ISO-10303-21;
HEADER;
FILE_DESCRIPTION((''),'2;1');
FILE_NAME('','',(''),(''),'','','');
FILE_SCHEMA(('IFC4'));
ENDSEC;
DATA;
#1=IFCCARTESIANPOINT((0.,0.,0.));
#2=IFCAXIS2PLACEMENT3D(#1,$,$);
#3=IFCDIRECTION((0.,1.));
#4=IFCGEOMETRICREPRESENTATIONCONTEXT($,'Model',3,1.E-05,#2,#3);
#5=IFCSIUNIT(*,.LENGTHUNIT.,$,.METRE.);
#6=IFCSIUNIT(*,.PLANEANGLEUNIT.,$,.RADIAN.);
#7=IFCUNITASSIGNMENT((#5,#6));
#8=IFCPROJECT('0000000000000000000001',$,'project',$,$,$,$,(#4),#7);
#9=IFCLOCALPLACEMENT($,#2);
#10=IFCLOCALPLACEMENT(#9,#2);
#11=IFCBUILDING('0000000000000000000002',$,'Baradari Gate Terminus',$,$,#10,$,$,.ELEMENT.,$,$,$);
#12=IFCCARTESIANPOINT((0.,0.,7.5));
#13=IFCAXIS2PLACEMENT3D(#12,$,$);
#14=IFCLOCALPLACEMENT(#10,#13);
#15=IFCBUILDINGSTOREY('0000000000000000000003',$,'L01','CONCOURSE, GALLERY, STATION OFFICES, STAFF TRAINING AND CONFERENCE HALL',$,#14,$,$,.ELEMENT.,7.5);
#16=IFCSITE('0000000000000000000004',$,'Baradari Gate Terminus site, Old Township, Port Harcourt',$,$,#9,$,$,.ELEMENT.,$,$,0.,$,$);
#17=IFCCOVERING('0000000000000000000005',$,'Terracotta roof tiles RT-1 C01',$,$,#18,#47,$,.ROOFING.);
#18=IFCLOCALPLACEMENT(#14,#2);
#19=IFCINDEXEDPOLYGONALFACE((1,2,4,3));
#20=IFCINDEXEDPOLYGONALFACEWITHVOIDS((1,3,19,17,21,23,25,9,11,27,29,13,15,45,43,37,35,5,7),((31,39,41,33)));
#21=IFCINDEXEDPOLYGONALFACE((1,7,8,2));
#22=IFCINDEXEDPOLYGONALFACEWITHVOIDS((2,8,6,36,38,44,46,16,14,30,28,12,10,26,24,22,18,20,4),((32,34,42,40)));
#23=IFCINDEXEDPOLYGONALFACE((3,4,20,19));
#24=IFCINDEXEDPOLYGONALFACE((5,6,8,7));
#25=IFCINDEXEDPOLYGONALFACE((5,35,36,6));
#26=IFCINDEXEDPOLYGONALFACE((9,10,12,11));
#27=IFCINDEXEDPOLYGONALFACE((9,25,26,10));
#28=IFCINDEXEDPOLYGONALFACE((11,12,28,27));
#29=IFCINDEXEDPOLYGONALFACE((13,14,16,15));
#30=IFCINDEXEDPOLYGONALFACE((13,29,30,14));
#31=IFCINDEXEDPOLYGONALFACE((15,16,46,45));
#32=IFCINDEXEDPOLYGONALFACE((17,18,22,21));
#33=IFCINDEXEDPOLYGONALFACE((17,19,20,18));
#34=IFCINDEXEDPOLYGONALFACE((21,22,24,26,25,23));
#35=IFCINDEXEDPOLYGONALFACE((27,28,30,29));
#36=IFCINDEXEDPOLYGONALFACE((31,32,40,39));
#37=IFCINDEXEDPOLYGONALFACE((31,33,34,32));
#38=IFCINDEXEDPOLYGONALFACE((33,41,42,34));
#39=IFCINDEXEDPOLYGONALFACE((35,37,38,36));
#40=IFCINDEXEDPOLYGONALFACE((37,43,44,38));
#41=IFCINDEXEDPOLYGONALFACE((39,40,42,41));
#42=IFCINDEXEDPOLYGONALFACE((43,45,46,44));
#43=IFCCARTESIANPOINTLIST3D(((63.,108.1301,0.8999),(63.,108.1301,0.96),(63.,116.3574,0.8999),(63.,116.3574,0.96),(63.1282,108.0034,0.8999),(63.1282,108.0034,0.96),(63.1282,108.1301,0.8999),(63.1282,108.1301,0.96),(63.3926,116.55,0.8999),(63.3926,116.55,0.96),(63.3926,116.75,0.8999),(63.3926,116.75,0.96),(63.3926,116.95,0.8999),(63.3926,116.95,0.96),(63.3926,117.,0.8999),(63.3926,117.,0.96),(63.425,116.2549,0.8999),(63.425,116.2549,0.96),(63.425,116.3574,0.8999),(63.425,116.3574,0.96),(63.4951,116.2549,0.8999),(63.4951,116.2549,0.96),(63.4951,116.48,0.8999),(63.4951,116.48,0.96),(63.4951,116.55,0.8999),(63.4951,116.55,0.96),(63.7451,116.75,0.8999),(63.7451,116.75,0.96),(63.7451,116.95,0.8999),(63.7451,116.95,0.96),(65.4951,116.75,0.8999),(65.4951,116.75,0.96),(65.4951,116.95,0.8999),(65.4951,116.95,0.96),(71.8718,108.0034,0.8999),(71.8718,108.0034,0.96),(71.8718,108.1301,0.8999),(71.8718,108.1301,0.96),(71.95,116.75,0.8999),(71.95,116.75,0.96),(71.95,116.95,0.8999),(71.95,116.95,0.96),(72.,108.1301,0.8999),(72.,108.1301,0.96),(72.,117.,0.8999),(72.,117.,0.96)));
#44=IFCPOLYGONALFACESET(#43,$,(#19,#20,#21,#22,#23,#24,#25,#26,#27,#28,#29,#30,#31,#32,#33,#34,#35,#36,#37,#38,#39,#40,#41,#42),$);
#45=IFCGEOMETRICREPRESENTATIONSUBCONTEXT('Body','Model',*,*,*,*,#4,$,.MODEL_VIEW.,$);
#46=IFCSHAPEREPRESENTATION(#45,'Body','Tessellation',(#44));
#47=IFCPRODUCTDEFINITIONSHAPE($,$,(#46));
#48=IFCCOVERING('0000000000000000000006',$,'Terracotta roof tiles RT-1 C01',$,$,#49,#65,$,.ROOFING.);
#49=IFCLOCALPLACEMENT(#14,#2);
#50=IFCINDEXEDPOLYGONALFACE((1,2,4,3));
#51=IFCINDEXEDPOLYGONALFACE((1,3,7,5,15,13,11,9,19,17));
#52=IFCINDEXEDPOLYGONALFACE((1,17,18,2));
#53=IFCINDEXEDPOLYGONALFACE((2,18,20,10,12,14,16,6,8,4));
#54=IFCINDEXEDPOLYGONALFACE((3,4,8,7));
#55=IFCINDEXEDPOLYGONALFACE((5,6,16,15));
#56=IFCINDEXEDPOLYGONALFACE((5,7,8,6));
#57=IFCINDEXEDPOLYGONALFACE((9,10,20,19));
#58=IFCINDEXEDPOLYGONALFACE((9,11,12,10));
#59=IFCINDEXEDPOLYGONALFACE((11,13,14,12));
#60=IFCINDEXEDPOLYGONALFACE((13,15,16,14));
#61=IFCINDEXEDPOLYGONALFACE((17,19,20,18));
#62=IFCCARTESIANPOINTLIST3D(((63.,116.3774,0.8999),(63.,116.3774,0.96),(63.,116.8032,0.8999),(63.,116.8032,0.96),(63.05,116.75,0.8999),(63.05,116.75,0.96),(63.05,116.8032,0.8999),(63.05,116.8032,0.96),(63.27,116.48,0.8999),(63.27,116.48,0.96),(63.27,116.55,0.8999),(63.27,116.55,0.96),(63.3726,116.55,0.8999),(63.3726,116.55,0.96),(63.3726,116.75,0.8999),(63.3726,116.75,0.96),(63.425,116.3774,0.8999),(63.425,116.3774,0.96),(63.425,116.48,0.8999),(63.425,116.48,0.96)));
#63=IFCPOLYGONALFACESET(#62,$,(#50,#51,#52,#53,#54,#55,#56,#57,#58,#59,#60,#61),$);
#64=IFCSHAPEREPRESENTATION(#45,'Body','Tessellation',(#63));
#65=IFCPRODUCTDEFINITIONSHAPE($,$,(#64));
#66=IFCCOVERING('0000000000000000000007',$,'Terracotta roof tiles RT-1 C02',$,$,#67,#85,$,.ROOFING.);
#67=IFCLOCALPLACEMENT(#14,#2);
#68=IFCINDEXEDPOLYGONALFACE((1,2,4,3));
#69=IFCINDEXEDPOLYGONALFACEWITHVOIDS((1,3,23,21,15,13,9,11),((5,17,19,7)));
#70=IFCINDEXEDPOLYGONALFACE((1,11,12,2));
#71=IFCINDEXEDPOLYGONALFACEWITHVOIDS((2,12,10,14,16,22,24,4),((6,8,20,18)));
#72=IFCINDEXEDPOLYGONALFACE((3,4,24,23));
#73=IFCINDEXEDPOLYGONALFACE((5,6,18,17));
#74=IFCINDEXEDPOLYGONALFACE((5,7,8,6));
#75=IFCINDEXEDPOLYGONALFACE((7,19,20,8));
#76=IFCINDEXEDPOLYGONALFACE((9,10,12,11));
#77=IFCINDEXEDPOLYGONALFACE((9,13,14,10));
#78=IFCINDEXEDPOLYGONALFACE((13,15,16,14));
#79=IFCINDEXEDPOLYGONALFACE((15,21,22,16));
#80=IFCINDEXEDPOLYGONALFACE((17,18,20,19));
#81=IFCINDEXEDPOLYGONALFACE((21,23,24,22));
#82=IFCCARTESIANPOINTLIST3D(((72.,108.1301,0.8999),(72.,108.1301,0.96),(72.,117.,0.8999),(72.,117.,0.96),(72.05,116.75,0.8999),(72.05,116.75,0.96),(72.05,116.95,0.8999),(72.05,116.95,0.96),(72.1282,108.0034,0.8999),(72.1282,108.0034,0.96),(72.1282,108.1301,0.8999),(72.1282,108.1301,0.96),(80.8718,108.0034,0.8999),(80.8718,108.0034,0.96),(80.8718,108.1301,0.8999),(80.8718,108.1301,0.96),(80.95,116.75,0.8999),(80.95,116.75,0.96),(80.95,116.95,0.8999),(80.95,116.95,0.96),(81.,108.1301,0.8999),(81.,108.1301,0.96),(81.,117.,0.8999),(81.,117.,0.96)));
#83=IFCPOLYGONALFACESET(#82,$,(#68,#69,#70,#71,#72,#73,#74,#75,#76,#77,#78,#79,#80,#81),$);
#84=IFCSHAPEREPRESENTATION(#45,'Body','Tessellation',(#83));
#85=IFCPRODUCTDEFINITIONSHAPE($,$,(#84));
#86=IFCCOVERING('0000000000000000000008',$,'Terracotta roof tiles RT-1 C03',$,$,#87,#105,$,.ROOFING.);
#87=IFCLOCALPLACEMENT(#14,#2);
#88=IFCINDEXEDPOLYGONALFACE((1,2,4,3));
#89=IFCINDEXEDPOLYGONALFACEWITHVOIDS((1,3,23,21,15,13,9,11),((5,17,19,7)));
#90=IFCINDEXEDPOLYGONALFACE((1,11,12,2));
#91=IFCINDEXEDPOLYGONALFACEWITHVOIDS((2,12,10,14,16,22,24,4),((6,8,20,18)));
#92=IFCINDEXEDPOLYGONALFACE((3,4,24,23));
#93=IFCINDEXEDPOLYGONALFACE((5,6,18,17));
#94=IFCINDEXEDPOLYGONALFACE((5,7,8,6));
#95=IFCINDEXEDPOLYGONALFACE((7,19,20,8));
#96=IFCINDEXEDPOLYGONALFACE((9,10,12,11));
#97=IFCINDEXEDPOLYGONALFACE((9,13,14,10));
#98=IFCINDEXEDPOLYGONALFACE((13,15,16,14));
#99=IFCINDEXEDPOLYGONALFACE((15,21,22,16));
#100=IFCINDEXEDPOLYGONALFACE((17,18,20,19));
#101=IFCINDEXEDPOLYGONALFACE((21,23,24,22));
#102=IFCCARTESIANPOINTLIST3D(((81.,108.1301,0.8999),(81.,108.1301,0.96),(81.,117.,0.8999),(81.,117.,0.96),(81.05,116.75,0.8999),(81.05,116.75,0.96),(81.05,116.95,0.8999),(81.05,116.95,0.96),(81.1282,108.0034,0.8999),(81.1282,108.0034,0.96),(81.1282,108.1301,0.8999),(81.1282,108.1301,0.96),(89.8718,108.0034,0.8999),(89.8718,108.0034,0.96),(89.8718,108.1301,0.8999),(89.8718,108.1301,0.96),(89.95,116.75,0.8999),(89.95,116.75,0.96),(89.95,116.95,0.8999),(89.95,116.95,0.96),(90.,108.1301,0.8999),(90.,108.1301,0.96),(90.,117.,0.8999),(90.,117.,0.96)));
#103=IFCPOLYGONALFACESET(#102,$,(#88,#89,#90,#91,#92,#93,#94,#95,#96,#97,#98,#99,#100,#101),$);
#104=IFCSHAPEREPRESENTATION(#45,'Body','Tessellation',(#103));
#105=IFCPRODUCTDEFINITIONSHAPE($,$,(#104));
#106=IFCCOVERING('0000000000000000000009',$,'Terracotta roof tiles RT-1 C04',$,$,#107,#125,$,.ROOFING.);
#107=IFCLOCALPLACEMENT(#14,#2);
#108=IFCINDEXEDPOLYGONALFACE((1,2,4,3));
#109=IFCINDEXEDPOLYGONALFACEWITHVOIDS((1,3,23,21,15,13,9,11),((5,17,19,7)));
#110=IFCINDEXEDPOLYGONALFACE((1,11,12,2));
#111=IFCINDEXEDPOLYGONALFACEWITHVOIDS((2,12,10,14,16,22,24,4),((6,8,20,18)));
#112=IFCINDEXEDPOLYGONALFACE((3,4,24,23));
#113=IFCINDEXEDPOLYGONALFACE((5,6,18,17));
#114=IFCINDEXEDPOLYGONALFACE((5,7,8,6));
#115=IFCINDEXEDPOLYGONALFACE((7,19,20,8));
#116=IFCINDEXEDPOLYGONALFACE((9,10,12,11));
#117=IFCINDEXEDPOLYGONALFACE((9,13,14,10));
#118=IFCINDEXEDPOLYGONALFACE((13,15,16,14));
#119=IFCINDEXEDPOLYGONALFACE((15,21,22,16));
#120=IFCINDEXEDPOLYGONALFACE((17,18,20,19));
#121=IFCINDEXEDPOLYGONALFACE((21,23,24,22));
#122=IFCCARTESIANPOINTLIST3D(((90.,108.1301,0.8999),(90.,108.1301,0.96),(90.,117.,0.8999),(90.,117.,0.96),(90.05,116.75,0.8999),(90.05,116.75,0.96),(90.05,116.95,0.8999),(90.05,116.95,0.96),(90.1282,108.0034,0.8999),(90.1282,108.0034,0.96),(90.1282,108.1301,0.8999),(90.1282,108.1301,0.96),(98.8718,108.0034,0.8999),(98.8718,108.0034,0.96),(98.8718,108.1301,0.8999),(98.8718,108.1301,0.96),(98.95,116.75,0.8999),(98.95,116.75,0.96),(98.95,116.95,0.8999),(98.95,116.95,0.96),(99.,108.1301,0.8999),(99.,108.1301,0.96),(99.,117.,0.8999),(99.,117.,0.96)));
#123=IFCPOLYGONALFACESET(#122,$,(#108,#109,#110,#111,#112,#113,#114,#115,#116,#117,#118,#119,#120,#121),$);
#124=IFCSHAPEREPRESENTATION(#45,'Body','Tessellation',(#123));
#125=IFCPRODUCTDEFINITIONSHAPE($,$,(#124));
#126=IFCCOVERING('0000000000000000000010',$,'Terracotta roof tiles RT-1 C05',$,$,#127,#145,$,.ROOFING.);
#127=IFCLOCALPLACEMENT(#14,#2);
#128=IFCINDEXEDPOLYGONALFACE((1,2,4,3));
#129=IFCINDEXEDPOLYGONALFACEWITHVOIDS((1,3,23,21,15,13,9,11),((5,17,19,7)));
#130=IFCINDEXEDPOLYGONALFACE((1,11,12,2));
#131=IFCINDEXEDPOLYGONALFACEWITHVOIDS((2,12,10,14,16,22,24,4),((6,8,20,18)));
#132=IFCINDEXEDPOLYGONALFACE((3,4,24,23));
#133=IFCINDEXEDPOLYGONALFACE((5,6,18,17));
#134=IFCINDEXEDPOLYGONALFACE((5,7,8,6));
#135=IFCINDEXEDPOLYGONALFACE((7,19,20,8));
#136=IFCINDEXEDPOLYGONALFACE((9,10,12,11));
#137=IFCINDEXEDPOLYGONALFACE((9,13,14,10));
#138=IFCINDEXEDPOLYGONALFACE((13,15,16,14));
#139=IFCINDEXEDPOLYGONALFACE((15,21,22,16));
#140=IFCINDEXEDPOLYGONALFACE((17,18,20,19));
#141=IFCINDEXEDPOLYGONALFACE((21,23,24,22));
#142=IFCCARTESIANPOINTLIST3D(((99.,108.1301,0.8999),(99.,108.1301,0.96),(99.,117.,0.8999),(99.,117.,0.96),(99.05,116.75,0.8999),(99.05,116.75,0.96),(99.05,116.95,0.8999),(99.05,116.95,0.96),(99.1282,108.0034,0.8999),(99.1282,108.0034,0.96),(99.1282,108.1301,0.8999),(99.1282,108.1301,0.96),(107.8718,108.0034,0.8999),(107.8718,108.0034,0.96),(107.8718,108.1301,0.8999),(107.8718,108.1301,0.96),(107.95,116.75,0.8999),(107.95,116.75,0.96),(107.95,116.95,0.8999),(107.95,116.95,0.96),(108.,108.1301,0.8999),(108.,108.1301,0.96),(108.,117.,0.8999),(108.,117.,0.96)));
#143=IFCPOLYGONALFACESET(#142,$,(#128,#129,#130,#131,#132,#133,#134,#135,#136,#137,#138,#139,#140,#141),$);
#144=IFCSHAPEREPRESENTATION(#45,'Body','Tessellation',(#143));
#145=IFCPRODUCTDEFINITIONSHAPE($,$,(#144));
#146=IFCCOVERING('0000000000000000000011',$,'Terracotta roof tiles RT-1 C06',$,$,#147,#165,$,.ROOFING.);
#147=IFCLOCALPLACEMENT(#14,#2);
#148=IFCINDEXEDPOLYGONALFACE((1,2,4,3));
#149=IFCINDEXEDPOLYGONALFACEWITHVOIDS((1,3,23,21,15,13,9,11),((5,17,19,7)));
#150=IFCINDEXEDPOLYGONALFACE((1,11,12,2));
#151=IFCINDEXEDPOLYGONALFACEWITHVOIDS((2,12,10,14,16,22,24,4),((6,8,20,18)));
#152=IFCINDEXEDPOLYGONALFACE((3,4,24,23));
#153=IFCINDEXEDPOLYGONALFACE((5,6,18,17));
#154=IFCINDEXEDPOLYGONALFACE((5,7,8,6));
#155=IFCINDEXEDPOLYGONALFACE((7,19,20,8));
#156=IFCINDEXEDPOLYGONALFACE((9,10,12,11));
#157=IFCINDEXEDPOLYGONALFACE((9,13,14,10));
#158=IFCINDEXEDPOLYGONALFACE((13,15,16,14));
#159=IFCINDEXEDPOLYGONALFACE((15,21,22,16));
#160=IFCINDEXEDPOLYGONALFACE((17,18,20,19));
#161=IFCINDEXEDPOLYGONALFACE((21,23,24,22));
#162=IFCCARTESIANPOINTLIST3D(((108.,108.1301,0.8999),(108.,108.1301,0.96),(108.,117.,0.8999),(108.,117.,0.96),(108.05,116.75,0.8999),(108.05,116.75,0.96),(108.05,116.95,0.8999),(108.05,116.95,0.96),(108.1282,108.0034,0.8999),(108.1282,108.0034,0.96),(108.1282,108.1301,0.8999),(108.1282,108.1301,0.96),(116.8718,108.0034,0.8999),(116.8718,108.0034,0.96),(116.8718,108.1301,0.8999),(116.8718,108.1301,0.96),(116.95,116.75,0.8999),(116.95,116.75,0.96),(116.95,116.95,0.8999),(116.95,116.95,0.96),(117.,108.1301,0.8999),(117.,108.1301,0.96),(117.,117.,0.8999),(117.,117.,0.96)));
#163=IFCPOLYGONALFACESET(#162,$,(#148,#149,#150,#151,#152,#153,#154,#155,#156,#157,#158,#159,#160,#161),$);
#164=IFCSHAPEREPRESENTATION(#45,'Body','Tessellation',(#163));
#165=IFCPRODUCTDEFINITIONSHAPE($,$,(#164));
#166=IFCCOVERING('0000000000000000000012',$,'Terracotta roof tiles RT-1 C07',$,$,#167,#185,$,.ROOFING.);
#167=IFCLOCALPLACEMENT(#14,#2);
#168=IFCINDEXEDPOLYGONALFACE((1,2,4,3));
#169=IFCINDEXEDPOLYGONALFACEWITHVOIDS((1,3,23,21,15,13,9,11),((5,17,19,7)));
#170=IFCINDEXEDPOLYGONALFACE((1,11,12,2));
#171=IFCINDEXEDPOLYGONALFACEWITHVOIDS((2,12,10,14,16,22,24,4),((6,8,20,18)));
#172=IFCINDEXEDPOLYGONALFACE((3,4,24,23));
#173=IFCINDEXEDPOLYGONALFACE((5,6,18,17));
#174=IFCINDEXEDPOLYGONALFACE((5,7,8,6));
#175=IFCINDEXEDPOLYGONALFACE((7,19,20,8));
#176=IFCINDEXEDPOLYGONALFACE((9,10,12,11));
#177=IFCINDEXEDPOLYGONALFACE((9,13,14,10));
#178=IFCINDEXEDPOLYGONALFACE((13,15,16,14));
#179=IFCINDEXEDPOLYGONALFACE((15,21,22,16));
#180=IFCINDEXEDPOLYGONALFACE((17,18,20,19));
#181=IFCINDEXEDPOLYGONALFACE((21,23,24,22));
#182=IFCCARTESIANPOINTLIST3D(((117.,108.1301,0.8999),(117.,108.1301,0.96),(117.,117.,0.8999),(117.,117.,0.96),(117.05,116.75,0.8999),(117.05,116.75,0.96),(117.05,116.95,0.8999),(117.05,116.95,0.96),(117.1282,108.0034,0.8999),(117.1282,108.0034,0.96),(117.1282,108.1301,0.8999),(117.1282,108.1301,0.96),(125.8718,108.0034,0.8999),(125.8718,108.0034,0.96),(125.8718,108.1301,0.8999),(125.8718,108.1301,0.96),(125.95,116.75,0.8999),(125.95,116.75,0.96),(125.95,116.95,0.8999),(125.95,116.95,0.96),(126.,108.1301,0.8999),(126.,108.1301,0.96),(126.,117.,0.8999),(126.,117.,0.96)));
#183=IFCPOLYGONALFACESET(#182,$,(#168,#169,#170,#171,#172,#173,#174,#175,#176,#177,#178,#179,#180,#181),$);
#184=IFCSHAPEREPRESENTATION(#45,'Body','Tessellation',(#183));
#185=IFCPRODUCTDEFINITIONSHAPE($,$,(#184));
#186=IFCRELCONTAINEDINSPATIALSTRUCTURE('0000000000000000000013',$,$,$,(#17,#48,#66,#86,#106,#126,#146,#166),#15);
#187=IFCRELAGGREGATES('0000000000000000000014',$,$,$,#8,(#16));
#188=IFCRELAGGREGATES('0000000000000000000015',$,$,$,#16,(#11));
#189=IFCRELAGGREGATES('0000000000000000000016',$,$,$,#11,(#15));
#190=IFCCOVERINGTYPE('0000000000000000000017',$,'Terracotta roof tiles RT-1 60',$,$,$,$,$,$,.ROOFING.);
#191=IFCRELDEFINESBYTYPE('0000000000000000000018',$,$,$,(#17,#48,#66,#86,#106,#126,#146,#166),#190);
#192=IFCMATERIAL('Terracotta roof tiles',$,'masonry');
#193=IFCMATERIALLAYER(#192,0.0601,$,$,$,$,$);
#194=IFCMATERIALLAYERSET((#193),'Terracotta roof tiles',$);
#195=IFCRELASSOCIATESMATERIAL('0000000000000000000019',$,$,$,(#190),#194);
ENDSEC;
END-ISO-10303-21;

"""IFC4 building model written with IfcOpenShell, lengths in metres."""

from ifc_helpers import new_model, si_unit, direction, frame, origin, place, context, subcontext, project, spatial, polyline, outline, extrude, material, layer, layer_set, type_object, element, save


model = new_model("IFC4")

# Units and contexts
model_context = context("Model", 3, precision=1e-05, world=origin(), true_north=direction((0.0, 1.0)))
body_context = subcontext(model_context, "Body", "Model", "MODEL_VIEW")
ifc_project = project(units=[si_unit("LENGTHUNIT", "METRE"), si_unit("PLANEANGLEUNIT", "RADIAN")], contexts=[model_context])

# Site, building, storey
site_placement = place(None, origin())
site = spatial("IfcSite", under=ifc_project, at=site_placement, Name="Baradari Gate Terminus site, Old Township, Port Harcourt", CompositionType="ELEMENT", RefElevation=0.0)
building_placement = place(site_placement, origin())
building = spatial("IfcBuilding", under=site, at=building_placement, Name="Baradari Gate Terminus", CompositionType="ELEMENT")
storey_placement = place(building_placement, frame((0.0, 0.0, 7.5)))
storey = spatial("IfcBuildingStorey", under=building, at=storey_placement, Name="L01", Description="CONCOURSE, GALLERY, STATION OFFICES, STAFF TRAINING AND CONFERENCE HALL", CompositionType="ELEMENT", Elevation=7.5)

# Coverings
ifc_material_1 = material(Name="Terracotta roof tiles", Category="masonry")
ifc_layer_1 = layer(ifc_material_1, 0.0601)
ifc_layer_set_1 = layer_set([ifc_layer_1], Name="Terracotta roof tiles")
covering_type_1 = type_object("IfcCoveringType", Name="Terracotta roof tiles RT-1 60", PredefinedType="ROOFING", material=ifc_layer_set_1)
covering_1_placement = place(storey_placement, frame((0.0, 0.0, 0.8999)))
element("IfcCovering", 1, at=covering_1_placement, inside=storey, type_object=covering_type_1, Name="Terracotta roof tiles RT-1 C01", PredefinedType="ROOFING", context=body_context, shape_type="SweptSolid", body=[
    extrude(outline(polyline([(72.0, 117.0), (72.0, 108.1301), (71.8718, 108.1301), (71.8718, 108.0034), (63.1282, 108.0034), (63.1282, 108.1301), (63.0, 108.1301), (63.0, 116.3574), (63.425, 116.3574), (63.425, 116.2549), (63.4951, 116.2549), (63.4951, 116.48), (63.4951, 116.55), (63.3926, 116.55), (63.3926, 116.75), (63.7451, 116.75), (63.7451, 116.95), (63.3926, 116.95), (63.3926, 117.0), (72.0, 117.0)]), holes=[polyline([(71.95, 116.95), (65.4951, 116.95), (65.4951, 116.75), (71.95, 116.75), (71.95, 116.95)])]), origin(), (0.0, 0.0, 1.0), 0.0601),
])
covering_2_placement = place(storey_placement, frame((0.0, 0.0, 0.8999)))
element("IfcCovering", 2, at=covering_2_placement, inside=storey, type_object=covering_type_1, Name="Terracotta roof tiles RT-1 C01", PredefinedType="ROOFING", context=body_context, shape_type="SweptSolid", body=[
    extrude(outline(polyline([(63.0, 116.8032), (63.05, 116.8032), (63.05, 116.75), (63.3726, 116.75), (63.3726, 116.55), (63.27, 116.55), (63.27, 116.48), (63.425, 116.48), (63.425, 116.3774), (63.0, 116.3774), (63.0, 116.8032)])), origin(), (0.0, 0.0, 1.0), 0.0601),
])
covering_3_placement = place(storey_placement, frame((0.0, 0.0, 0.8999)))
element("IfcCovering", 3, at=covering_3_placement, inside=storey, type_object=covering_type_1, Name="Terracotta roof tiles RT-1 C02", PredefinedType="ROOFING", context=body_context, shape_type="SweptSolid", body=[
    extrude(outline(polyline([(72.0, 117.0), (81.0, 117.0), (81.0, 108.1301), (80.8718, 108.1301), (80.8718, 108.0034), (72.1282, 108.0034), (72.1282, 108.1301), (72.0, 108.1301), (72.0, 117.0)]), holes=[polyline([(80.95, 116.95), (72.05, 116.95), (72.05, 116.75), (80.95, 116.75), (80.95, 116.95)])]), origin(), (0.0, 0.0, 1.0), 0.0601),
])
covering_4_placement = place(storey_placement, frame((0.0, 0.0, 0.8999)))
element("IfcCovering", 4, at=covering_4_placement, inside=storey, type_object=covering_type_1, Name="Terracotta roof tiles RT-1 C03", PredefinedType="ROOFING", context=body_context, shape_type="SweptSolid", body=[
    extrude(outline(polyline([(81.0, 117.0), (90.0, 117.0), (90.0, 108.1301), (89.8718, 108.1301), (89.8718, 108.0034), (81.1282, 108.0034), (81.1282, 108.1301), (81.0, 108.1301), (81.0, 117.0)]), holes=[polyline([(89.95, 116.75), (89.95, 116.95), (81.05, 116.95), (81.05, 116.75), (89.95, 116.75)])]), origin(), (0.0, 0.0, 1.0), 0.0601),
])
covering_5_placement = place(storey_placement, frame((0.0, 0.0, 0.8999)))
element("IfcCovering", 5, at=covering_5_placement, inside=storey, type_object=covering_type_1, Name="Terracotta roof tiles RT-1 C04", PredefinedType="ROOFING", context=body_context, shape_type="SweptSolid", body=[
    extrude(outline(polyline([(90.0, 117.0), (99.0, 117.0), (99.0, 108.1301), (98.8718, 108.1301), (98.8718, 108.0034), (90.1282, 108.0034), (90.1282, 108.1301), (90.0, 108.1301), (90.0, 117.0)]), holes=[polyline([(98.95, 116.75), (98.95, 116.95), (90.05, 116.95), (90.05, 116.75), (98.95, 116.75)])]), origin(), (0.0, 0.0, 1.0), 0.0601),
])
covering_6_placement = place(storey_placement, frame((0.0, 0.0, 0.8999)))
element("IfcCovering", 6, at=covering_6_placement, inside=storey, type_object=covering_type_1, Name="Terracotta roof tiles RT-1 C05", PredefinedType="ROOFING", context=body_context, shape_type="SweptSolid", body=[
    extrude(outline(polyline([(99.0, 117.0), (108.0, 117.0), (108.0, 108.1301), (107.8718, 108.1301), (107.8718, 108.0034), (99.1282, 108.0034), (99.1282, 108.1301), (99.0, 108.1301), (99.0, 117.0)]), holes=[polyline([(107.95, 116.75), (107.95, 116.95), (99.05, 116.95), (99.05, 116.75), (107.95, 116.75)])]), origin(), (0.0, 0.0, 1.0), 0.0601),
])
covering_7_placement = place(storey_placement, frame((0.0, 0.0, 0.8999)))
element("IfcCovering", 7, at=covering_7_placement, inside=storey, type_object=covering_type_1, Name="Terracotta roof tiles RT-1 C06", PredefinedType="ROOFING", context=body_context, shape_type="SweptSolid", body=[
    extrude(outline(polyline([(108.0, 117.0), (117.0, 117.0), (117.0, 108.1301), (116.8718, 108.1301), (116.8718, 108.0034), (108.1282, 108.0034), (108.1282, 108.1301), (108.0, 108.1301), (108.0, 117.0)]), holes=[polyline([(116.95, 116.95), (108.05, 116.95), (108.05, 116.75), (116.95, 116.75), (116.95, 116.95)])]), origin(), (0.0, 0.0, 1.0), 0.0601),
])
covering_8_placement = place(storey_placement, frame((0.0, 0.0, 0.8999)))
element("IfcCovering", 8, at=covering_8_placement, inside=storey, type_object=covering_type_1, Name="Terracotta roof tiles RT-1 C07", PredefinedType="ROOFING", context=body_context, shape_type="SweptSolid", body=[
    extrude(outline(polyline([(117.0, 117.0), (126.0, 117.0), (126.0, 108.1301), (125.8718, 108.1301), (125.8718, 108.0034), (117.1282, 108.0034), (117.1282, 108.1301), (117.0, 108.1301), (117.0, 117.0)]), holes=[polyline([(125.95, 116.95), (117.05, 116.95), (117.05, 116.75), (125.95, 116.75), (125.95, 116.95)])]), origin(), (0.0, 0.0, 1.0), 0.0601),
])

save(model, "model.ifc")
